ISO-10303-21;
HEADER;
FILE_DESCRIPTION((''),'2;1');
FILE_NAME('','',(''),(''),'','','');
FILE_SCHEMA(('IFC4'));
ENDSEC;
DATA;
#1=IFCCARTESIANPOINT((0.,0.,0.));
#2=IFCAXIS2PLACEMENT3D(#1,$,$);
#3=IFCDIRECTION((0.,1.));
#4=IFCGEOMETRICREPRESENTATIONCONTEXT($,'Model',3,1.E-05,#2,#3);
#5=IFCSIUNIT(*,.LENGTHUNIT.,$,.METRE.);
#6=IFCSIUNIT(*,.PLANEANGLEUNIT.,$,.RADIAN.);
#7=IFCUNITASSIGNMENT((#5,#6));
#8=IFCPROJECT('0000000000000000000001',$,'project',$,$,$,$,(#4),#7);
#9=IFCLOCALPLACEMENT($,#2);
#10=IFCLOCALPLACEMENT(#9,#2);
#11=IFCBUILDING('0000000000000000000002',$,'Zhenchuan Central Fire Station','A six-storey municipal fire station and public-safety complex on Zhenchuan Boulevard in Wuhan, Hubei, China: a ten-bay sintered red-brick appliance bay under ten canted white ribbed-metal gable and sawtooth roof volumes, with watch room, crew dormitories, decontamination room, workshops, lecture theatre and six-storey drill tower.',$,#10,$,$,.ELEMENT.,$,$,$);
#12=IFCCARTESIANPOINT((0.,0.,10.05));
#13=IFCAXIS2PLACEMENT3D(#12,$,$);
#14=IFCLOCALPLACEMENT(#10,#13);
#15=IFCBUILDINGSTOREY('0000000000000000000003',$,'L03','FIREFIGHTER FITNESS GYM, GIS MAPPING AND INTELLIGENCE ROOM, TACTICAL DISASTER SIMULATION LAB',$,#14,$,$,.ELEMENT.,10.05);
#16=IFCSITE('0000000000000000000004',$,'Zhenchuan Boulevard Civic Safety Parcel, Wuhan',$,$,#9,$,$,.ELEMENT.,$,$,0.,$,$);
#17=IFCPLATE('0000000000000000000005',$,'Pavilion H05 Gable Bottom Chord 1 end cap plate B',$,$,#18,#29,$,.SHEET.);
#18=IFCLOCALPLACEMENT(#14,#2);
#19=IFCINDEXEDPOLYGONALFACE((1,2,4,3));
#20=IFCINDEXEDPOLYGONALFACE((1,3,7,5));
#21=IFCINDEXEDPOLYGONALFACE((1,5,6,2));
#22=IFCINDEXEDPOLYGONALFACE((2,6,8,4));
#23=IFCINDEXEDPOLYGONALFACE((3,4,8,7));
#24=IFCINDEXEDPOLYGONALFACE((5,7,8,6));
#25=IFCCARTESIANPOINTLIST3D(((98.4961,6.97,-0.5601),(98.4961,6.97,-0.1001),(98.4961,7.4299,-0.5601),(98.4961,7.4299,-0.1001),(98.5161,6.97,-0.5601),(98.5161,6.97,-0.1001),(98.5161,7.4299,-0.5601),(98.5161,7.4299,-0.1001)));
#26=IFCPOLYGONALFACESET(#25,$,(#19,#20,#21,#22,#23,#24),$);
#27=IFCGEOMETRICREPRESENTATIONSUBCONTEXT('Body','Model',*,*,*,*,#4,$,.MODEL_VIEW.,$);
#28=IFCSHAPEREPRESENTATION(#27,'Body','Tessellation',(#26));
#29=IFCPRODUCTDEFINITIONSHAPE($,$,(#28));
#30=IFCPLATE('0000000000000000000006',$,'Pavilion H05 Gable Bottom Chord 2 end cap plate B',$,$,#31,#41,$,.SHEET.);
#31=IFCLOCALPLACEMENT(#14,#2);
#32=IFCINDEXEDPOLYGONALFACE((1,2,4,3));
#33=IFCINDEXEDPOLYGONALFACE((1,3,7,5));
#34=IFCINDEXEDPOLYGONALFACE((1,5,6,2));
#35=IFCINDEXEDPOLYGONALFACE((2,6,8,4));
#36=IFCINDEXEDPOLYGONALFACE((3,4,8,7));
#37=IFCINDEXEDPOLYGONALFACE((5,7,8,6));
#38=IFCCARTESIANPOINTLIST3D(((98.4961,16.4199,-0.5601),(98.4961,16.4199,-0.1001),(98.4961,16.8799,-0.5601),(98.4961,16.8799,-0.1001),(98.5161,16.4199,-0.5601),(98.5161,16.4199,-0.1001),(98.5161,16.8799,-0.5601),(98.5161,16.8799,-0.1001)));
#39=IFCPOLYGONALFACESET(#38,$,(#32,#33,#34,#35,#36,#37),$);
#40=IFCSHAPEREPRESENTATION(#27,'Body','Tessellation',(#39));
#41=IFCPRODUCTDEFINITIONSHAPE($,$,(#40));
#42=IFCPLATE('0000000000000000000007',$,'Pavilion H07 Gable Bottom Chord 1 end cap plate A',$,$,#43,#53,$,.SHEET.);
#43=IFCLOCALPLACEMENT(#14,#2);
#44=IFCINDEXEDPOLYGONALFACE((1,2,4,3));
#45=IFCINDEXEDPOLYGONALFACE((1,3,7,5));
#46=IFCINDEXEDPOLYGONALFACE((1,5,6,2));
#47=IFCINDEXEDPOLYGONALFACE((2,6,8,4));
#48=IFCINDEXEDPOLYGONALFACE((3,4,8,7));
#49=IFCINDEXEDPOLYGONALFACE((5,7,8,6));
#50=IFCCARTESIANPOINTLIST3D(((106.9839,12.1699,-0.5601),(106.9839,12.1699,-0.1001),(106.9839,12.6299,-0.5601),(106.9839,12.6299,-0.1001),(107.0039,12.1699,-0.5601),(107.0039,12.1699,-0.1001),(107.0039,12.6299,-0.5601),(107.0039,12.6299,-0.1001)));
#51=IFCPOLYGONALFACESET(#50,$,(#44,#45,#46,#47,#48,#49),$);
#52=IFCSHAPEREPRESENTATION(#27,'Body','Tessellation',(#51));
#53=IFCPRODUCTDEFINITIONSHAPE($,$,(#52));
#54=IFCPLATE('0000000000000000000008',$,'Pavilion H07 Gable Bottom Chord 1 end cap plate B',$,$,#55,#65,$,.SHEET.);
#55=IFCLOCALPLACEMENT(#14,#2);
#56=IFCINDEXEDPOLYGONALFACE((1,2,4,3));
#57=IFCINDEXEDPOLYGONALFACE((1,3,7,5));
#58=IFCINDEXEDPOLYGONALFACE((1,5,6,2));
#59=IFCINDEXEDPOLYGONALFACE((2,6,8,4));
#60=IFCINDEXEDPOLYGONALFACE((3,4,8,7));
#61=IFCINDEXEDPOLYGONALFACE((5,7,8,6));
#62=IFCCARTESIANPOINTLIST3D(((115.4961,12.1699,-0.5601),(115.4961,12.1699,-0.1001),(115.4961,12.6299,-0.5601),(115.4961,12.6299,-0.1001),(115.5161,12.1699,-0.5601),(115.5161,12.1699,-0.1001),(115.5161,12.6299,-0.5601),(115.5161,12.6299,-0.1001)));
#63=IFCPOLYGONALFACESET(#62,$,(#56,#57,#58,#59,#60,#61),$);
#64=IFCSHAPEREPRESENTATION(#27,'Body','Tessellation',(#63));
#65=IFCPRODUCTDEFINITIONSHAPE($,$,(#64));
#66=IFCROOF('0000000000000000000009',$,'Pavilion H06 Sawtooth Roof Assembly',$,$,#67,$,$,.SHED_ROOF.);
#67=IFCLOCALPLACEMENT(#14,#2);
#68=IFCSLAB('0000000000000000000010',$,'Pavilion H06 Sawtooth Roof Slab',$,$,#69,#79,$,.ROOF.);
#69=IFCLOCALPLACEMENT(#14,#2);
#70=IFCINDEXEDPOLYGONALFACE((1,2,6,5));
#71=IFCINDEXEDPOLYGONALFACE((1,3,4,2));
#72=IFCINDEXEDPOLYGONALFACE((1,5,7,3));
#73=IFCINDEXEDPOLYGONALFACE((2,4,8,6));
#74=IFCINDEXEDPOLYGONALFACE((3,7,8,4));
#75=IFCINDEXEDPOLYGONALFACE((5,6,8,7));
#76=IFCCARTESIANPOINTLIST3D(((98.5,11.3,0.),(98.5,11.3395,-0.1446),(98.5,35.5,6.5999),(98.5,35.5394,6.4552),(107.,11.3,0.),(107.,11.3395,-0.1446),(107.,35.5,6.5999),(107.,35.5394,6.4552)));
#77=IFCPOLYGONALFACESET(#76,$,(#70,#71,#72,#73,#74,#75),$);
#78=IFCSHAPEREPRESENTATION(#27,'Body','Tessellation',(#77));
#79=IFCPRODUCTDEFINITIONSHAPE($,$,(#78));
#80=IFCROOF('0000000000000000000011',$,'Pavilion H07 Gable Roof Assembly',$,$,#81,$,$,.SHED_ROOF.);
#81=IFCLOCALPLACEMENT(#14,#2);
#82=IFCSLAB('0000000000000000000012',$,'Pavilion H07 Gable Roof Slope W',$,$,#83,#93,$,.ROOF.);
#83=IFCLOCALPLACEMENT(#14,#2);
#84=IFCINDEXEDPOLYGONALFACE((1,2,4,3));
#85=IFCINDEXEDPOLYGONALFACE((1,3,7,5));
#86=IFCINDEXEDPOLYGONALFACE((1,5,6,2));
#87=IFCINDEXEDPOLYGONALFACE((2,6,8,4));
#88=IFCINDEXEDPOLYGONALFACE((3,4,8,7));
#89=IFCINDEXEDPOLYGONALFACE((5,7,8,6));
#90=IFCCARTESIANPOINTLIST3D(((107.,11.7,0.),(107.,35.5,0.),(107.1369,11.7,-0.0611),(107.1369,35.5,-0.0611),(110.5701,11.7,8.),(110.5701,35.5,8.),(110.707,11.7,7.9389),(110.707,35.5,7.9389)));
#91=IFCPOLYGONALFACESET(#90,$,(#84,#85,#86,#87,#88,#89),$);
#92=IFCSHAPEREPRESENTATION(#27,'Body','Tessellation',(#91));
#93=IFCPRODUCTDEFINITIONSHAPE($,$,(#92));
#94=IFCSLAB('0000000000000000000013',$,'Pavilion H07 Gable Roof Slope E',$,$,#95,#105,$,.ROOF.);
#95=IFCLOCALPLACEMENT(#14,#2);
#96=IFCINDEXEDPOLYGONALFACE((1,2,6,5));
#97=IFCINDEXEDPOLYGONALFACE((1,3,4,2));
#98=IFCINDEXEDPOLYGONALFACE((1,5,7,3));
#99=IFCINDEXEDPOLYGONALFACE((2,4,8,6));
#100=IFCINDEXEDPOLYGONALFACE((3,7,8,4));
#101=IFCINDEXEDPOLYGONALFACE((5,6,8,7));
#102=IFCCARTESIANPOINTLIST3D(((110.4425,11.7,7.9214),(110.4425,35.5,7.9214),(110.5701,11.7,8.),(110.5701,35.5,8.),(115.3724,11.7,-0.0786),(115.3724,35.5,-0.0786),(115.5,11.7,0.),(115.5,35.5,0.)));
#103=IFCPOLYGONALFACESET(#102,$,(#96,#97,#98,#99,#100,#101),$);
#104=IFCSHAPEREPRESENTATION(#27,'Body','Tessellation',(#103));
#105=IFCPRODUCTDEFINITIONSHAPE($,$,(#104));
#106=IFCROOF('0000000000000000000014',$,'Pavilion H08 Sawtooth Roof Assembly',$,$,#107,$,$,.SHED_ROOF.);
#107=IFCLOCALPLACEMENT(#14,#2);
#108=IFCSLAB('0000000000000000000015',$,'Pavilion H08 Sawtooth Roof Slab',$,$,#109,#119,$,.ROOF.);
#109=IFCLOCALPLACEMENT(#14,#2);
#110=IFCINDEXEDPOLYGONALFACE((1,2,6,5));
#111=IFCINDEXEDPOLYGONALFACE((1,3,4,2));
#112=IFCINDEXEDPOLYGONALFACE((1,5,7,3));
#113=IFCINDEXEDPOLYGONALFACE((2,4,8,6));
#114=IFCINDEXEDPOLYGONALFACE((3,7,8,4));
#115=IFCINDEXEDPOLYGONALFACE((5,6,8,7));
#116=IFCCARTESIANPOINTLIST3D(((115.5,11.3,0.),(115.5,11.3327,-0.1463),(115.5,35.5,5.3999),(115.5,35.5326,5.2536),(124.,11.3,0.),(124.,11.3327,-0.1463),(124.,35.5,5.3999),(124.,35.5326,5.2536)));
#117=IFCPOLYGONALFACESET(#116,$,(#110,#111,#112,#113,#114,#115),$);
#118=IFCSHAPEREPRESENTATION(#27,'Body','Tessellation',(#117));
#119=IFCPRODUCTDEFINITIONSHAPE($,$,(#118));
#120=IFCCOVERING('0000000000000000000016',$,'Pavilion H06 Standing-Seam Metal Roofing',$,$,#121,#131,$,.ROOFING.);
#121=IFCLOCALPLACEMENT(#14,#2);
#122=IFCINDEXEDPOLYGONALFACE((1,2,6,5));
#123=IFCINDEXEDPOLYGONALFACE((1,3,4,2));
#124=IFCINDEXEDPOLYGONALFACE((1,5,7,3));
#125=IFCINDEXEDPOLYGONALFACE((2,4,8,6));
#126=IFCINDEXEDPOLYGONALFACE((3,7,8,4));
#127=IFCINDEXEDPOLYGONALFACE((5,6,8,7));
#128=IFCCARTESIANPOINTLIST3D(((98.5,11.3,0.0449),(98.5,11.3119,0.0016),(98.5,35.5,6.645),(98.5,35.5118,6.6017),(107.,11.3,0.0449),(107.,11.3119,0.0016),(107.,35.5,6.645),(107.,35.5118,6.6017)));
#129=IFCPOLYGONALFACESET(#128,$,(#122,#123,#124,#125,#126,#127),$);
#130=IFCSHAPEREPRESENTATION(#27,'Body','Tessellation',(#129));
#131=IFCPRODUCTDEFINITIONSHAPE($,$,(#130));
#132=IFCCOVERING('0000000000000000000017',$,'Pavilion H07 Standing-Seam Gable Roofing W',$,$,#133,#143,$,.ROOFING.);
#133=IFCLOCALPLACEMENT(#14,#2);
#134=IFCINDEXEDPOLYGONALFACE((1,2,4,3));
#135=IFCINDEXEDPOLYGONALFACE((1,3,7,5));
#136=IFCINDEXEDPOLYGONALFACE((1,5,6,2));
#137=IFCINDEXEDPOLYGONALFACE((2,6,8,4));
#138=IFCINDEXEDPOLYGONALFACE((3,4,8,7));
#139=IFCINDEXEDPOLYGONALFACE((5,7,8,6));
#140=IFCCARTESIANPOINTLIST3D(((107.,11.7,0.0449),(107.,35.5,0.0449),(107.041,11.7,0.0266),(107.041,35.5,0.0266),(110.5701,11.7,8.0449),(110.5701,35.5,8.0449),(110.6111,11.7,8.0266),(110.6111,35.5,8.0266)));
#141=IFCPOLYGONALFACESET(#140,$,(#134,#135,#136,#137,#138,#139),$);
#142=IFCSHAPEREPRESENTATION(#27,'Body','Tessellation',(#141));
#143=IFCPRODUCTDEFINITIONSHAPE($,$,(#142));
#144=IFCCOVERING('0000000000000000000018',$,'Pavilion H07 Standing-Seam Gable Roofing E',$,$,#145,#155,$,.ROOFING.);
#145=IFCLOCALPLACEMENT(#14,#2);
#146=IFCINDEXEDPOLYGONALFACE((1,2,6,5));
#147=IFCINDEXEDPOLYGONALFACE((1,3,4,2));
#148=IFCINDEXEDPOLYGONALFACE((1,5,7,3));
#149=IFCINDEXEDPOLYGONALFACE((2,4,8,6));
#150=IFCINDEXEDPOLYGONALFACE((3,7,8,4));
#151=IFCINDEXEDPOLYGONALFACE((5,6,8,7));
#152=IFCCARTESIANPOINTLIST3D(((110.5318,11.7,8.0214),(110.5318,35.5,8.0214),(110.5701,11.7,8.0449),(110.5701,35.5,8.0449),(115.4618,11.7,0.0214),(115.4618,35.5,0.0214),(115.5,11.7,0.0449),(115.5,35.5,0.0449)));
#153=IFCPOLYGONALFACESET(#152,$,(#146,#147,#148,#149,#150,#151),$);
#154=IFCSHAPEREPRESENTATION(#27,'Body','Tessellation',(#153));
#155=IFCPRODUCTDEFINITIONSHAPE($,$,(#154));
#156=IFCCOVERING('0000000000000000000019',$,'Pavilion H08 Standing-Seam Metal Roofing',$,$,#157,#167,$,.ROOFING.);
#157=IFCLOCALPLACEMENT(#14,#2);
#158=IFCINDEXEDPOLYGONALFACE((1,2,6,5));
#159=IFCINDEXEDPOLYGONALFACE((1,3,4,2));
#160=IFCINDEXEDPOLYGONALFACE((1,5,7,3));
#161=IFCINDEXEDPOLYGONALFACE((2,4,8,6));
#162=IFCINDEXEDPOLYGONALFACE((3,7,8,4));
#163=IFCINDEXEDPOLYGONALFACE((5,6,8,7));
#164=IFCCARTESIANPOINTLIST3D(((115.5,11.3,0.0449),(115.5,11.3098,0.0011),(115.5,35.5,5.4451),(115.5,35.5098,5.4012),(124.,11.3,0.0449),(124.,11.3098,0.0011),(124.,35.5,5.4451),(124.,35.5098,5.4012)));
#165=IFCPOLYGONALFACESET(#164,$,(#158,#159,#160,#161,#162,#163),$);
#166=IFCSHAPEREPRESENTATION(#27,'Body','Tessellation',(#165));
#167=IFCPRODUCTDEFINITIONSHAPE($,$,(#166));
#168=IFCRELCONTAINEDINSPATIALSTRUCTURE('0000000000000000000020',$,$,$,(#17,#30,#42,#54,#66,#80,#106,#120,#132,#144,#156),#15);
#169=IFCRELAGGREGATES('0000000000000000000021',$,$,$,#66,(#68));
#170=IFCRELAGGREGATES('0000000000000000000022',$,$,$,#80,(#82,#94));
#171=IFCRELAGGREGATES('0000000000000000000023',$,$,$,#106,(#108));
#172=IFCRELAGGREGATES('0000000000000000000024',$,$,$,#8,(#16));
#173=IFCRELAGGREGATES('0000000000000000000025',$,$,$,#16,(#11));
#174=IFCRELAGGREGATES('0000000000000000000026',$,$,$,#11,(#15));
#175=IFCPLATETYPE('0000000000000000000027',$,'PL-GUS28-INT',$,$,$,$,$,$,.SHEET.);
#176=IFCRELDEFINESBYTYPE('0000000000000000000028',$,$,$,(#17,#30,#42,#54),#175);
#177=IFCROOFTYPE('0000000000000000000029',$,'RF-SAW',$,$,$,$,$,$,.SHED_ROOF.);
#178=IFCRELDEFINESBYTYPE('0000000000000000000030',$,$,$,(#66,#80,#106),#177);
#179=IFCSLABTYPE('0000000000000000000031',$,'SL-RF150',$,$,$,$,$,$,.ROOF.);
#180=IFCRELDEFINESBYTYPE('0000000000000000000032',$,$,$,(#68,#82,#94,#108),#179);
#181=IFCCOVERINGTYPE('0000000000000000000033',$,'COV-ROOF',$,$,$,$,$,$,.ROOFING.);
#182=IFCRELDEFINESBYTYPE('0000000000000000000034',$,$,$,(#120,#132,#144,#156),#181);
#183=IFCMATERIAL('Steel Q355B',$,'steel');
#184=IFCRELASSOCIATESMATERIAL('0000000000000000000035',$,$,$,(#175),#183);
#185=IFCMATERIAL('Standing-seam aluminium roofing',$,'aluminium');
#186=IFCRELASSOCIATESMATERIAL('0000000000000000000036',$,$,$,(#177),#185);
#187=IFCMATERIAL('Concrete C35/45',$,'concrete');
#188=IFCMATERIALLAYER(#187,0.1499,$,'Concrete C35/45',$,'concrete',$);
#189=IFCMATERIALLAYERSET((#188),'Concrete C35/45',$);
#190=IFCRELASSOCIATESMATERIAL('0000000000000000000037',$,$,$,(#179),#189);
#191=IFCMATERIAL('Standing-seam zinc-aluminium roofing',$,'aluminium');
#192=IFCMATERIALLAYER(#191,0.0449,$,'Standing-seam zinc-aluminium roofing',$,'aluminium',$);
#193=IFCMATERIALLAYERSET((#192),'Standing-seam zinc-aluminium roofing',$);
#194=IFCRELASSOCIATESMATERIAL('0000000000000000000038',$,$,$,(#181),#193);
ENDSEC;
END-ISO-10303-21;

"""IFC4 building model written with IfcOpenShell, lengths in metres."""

from ifc_helpers import new_model, si_unit, direction, frame, origin, origin_2d, place, context, subcontext, project, spatial, polyline, rectangle, outline, extrude, material, layer, layer_set, material_profile, profile_set, type_object, element, aggregate, save


model = new_model("IFC4")

# Units and contexts
model_context = context("Model", 3, precision=1e-05, world=origin(), true_north=direction((0.0, 1.0)))
body_context = subcontext(model_context, "Body", "Model", "MODEL_VIEW")
ifc_project = project(units=[si_unit("LENGTHUNIT", "METRE"), si_unit("PLANEANGLEUNIT", "RADIAN")], contexts=[model_context])

# Site, building, storey
site_placement = place(None, origin())
site = spatial("IfcSite", under=ifc_project, at=site_placement, Name="Zhenchuan Boulevard Civic Safety Parcel, Wuhan", CompositionType="ELEMENT", RefElevation=0.0)
building_placement = place(site_placement, origin())
building = spatial("IfcBuilding", under=site, at=building_placement, Name="Zhenchuan Central Fire Station", Description="A six-storey municipal fire station and public-safety complex on Zhenchuan Boulevard in Wuhan, Hubei, China: a ten-bay sintered red-brick appliance bay under ten canted white ribbed-metal gable and sawtooth roof volumes, with watch room, crew dormitories, decontamination room, workshops, lecture theatre and six-storey drill tower.", CompositionType="ELEMENT")
storey_placement = place(building_placement, frame((0.0, 0.0, 10.05)))
storey = spatial("IfcBuildingStorey", under=building, at=storey_placement, Name="L03", Description="FIREFIGHTER FITNESS GYM, GIS MAPPING AND INTELLIGENCE ROOM, TACTICAL DISASTER SIMULATION LAB", CompositionType="ELEMENT", Elevation=10.05)

# Shared definitions
ifc_material_1 = material(Name="Steel Q355B", Category="steel")

# Plates
ifc_material_profile_1 = material_profile(ifc_material_1, rectangle(XDim=0.46, YDim=0.46, at=origin_2d()), Name="PL 460x460x28")
ifc_profile_set_1 = profile_set([ifc_material_profile_1], Name="Steel Q355B")
plate_type_1 = type_object("IfcPlateType", Name="PL-GUS28-INT", PredefinedType="SHEET", material=ifc_profile_set_1)
for number, where, z_axis, x_axis, name in (
    (1, (98.4961, 7.2, -0.3301), (1.0, 0.0, 0.0), (0.0, 1.0, 0.0), "Pavilion H05 Gable Bottom Chord 1 end cap plate B"),
    (2, (98.4961, 16.6499, -0.3301), (1.0, 0.0, 0.0), (0.0, 1.0, 0.0), "Pavilion H05 Gable Bottom Chord 2 end cap plate B"),
    (3, (106.9839, 12.3999, -0.3301), (1.0, 0.0, 0.0), (0.0, 1.0, 0.0), "Pavilion H07 Gable Bottom Chord 1 end cap plate A"),
    (4, (115.4961, 12.3999, -0.3301), (1.0, 0.0, 0.0), (0.0, 1.0, 0.0), "Pavilion H07 Gable Bottom Chord 1 end cap plate B"),
):
    element("IfcPlate", number, at=place(storey_placement, frame(where, z_axis=z_axis, x_axis=x_axis)), inside=storey, type_object=plate_type_1, Name=name, PredefinedType="SHEET", context=body_context, shape_type="SweptSolid", body=[
        extrude(rectangle(XDim=0.46, YDim=0.46, at=origin_2d()), origin(), (0.0, 0.0, 1.0), 0.02),
    ])

# Roof, slab
ifc_material_2 = material(Name="Standing-seam aluminium roofing", Category="aluminium")
roof_type = type_object("IfcRoofType", Name="RF-SAW", PredefinedType="SHED_ROOF", material=ifc_material_2)
roof_1_placement = place(storey_placement, origin())
roof_1 = element("IfcRoof", 5, at=roof_1_placement, inside=storey, type_object=roof_type, Name="Pavilion H06 Sawtooth Roof Assembly", PredefinedType="SHED_ROOF")
ifc_material_3 = material(Name="Concrete C35/45", Category="concrete")
ifc_layer_1 = layer(ifc_material_3, 0.1499, Name="Concrete C35/45", Category="concrete")
ifc_layer_set_1 = layer_set([ifc_layer_1], Name="Concrete C35/45")
slab_type = type_object("IfcSlabType", Name="SL-RF150", PredefinedType="ROOF", material=ifc_layer_set_1)
slab_1_placement = place(storey_placement, frame((98.5, 11.3, 0.0), z_axis=(0.0, -0.263112, 0.964765), x_axis=(1.0, 0.0, 0.0)))
slab_1 = element("IfcSlab", 6, at=slab_1_placement, type_object=slab_type, Name="Pavilion H06 Sawtooth Roof Slab", PredefinedType="ROOF", context=body_context, shape_type="SweptSolid", body=[
    extrude(outline(polyline([(0.0, 0.0), (8.5, 0.0), (8.5, 25.0838), (0.0, 25.0838), (0.0, 0.0)])), origin(), (0.0, 0.0, -1.0), 0.1499),
])
aggregate(roof_1, [slab_1])

# Roof, slabs
roof_2_placement = place(storey_placement, origin())
roof_2 = element("IfcRoof", 7, at=roof_2_placement, inside=storey, type_object=roof_type, Name="Pavilion H07 Gable Roof Assembly", PredefinedType="SHED_ROOF")
slab_2_placement = place(storey_placement, frame((107.0, 11.7, 0.0), z_axis=(-0.913196, 0.0, 0.407521), x_axis=(0.407521, 0.0, 0.913196)))
slab_2 = element("IfcSlab", 8, at=slab_2_placement, type_object=slab_type, Name="Pavilion H07 Gable Roof Slope W", PredefinedType="ROOF", context=body_context, shape_type="SweptSolid", body=[
    extrude(outline(polyline([(0.0, 0.0), (8.7604, 0.0), (8.7604, 23.8), (0.0, 23.8), (0.0, 0.0)])), origin(), (0.0, 0.0, -1.0), 0.1499),
])
slab_3_placement = place(storey_placement, frame((110.5701, 11.7, 8.0), z_axis=(0.851333, 0.0, 0.524626), x_axis=(0.524626, 0.0, -0.851333)))
slab_3 = element("IfcSlab", 9, at=slab_3_placement, type_object=slab_type, Name="Pavilion H07 Gable Roof Slope E", PredefinedType="ROOF", context=body_context, shape_type="SweptSolid", body=[
    extrude(outline(polyline([(0.0, 0.0), (9.397, 0.0), (9.397, 23.8), (0.0, 23.8), (0.0, 0.0)])), origin(), (0.0, 0.0, -1.0), 0.1499),
])
aggregate(roof_2, [slab_2, slab_3])

# Roof, slab
roof_3_placement = place(storey_placement, origin())
roof_3 = element("IfcRoof", 10, at=roof_3_placement, inside=storey, type_object=roof_type, Name="Pavilion H08 Sawtooth Roof Assembly", PredefinedType="SHED_ROOF")
slab_4_placement = place(storey_placement, frame((115.5, 11.3, 0.0), z_axis=(0.0, -0.217781, 0.975998), x_axis=(1.0, 0.0, 0.0)))
slab_4 = element("IfcSlab", 11, at=slab_4_placement, type_object=slab_type, Name="Pavilion H08 Sawtooth Roof Slab", PredefinedType="ROOF", context=body_context, shape_type="SweptSolid", body=[
    extrude(outline(polyline([(0.0, 0.0), (8.5, 0.0), (8.5, 24.7951), (0.0, 24.7951), (0.0, 0.0)])), origin(), (0.0, 0.0, -1.0), 0.1499),
])
aggregate(roof_3, [slab_4])

# Coverings
ifc_material_4 = material(Name="Standing-seam zinc-aluminium roofing", Category="aluminium")
ifc_layer_2 = layer(ifc_material_4, 0.0449, Name="Standing-seam zinc-aluminium roofing", Category="aluminium")
ifc_layer_set_2 = layer_set([ifc_layer_2], Name="Standing-seam zinc-aluminium roofing")
covering_type = type_object("IfcCoveringType", Name="COV-ROOF", PredefinedType="ROOFING", material=ifc_layer_set_2)
covering_1_placement = place(storey_placement, frame((98.5, 11.3, 0.0449), z_axis=(0.0, -0.263122, 0.964763), x_axis=(1.0, 0.0, 0.0)))
element("IfcCovering", 12, at=covering_1_placement, inside=storey, type_object=covering_type, Name="Pavilion H06 Standing-Seam Metal Roofing", PredefinedType="ROOFING", context=body_context, shape_type="SweptSolid", body=[
    extrude(outline(polyline([(0.0, 0.0), (8.5, 0.0), (8.5, 25.0838), (0.0, 25.0838), (0.0, 0.0)])), origin(), (0.0, 0.0, -1.0), 0.0449),
])
covering_2_placement = place(storey_placement, frame((107.0, 11.7, 0.0449), z_axis=(-0.913196, 0.0, 0.407521), x_axis=(0.407521, 0.0, 0.913196)))
element("IfcCovering", 13, at=covering_2_placement, inside=storey, type_object=covering_type, Name="Pavilion H07 Standing-Seam Gable Roofing W", PredefinedType="ROOFING", context=body_context, shape_type="SweptSolid", body=[
    extrude(outline(polyline([(0.0, 0.0), (8.7604, 0.0), (8.7604, 23.8), (0.0, 23.8), (0.0, 0.0)])), origin(), (0.0, 0.0, -1.0), 0.0449),
])
covering_3_placement = place(storey_placement, frame((110.5701, 11.7, 8.0449), z_axis=(0.851333, 0.0, 0.524626), x_axis=(0.524626, 0.0, -0.851333)))
element("IfcCovering", 14, at=covering_3_placement, inside=storey, type_object=covering_type, Name="Pavilion H07 Standing-Seam Gable Roofing E", PredefinedType="ROOFING", context=body_context, shape_type="SweptSolid", body=[
    extrude(outline(polyline([(0.0, 0.0), (9.397, 0.0), (9.397, 23.8), (0.0, 23.8), (0.0, 0.0)])), origin(), (0.0, 0.0, -1.0), 0.0449),
])
covering_4_placement = place(storey_placement, frame((115.5, 11.3, 0.0449), z_axis=(0.0, -0.21779, 0.975996), x_axis=(1.0, 0.0, 0.0)))
element("IfcCovering", 15, at=covering_4_placement, inside=storey, type_object=covering_type, Name="Pavilion H08 Standing-Seam Metal Roofing", PredefinedType="ROOFING", context=body_context, shape_type="SweptSolid", body=[
    extrude(outline(polyline([(0.0, 0.0), (8.5, 0.0), (8.5, 24.7951), (0.0, 24.7951), (0.0, 0.0)])), origin(), (0.0, 0.0, -1.0), 0.0449),
])

save(model, "model.ifc")
